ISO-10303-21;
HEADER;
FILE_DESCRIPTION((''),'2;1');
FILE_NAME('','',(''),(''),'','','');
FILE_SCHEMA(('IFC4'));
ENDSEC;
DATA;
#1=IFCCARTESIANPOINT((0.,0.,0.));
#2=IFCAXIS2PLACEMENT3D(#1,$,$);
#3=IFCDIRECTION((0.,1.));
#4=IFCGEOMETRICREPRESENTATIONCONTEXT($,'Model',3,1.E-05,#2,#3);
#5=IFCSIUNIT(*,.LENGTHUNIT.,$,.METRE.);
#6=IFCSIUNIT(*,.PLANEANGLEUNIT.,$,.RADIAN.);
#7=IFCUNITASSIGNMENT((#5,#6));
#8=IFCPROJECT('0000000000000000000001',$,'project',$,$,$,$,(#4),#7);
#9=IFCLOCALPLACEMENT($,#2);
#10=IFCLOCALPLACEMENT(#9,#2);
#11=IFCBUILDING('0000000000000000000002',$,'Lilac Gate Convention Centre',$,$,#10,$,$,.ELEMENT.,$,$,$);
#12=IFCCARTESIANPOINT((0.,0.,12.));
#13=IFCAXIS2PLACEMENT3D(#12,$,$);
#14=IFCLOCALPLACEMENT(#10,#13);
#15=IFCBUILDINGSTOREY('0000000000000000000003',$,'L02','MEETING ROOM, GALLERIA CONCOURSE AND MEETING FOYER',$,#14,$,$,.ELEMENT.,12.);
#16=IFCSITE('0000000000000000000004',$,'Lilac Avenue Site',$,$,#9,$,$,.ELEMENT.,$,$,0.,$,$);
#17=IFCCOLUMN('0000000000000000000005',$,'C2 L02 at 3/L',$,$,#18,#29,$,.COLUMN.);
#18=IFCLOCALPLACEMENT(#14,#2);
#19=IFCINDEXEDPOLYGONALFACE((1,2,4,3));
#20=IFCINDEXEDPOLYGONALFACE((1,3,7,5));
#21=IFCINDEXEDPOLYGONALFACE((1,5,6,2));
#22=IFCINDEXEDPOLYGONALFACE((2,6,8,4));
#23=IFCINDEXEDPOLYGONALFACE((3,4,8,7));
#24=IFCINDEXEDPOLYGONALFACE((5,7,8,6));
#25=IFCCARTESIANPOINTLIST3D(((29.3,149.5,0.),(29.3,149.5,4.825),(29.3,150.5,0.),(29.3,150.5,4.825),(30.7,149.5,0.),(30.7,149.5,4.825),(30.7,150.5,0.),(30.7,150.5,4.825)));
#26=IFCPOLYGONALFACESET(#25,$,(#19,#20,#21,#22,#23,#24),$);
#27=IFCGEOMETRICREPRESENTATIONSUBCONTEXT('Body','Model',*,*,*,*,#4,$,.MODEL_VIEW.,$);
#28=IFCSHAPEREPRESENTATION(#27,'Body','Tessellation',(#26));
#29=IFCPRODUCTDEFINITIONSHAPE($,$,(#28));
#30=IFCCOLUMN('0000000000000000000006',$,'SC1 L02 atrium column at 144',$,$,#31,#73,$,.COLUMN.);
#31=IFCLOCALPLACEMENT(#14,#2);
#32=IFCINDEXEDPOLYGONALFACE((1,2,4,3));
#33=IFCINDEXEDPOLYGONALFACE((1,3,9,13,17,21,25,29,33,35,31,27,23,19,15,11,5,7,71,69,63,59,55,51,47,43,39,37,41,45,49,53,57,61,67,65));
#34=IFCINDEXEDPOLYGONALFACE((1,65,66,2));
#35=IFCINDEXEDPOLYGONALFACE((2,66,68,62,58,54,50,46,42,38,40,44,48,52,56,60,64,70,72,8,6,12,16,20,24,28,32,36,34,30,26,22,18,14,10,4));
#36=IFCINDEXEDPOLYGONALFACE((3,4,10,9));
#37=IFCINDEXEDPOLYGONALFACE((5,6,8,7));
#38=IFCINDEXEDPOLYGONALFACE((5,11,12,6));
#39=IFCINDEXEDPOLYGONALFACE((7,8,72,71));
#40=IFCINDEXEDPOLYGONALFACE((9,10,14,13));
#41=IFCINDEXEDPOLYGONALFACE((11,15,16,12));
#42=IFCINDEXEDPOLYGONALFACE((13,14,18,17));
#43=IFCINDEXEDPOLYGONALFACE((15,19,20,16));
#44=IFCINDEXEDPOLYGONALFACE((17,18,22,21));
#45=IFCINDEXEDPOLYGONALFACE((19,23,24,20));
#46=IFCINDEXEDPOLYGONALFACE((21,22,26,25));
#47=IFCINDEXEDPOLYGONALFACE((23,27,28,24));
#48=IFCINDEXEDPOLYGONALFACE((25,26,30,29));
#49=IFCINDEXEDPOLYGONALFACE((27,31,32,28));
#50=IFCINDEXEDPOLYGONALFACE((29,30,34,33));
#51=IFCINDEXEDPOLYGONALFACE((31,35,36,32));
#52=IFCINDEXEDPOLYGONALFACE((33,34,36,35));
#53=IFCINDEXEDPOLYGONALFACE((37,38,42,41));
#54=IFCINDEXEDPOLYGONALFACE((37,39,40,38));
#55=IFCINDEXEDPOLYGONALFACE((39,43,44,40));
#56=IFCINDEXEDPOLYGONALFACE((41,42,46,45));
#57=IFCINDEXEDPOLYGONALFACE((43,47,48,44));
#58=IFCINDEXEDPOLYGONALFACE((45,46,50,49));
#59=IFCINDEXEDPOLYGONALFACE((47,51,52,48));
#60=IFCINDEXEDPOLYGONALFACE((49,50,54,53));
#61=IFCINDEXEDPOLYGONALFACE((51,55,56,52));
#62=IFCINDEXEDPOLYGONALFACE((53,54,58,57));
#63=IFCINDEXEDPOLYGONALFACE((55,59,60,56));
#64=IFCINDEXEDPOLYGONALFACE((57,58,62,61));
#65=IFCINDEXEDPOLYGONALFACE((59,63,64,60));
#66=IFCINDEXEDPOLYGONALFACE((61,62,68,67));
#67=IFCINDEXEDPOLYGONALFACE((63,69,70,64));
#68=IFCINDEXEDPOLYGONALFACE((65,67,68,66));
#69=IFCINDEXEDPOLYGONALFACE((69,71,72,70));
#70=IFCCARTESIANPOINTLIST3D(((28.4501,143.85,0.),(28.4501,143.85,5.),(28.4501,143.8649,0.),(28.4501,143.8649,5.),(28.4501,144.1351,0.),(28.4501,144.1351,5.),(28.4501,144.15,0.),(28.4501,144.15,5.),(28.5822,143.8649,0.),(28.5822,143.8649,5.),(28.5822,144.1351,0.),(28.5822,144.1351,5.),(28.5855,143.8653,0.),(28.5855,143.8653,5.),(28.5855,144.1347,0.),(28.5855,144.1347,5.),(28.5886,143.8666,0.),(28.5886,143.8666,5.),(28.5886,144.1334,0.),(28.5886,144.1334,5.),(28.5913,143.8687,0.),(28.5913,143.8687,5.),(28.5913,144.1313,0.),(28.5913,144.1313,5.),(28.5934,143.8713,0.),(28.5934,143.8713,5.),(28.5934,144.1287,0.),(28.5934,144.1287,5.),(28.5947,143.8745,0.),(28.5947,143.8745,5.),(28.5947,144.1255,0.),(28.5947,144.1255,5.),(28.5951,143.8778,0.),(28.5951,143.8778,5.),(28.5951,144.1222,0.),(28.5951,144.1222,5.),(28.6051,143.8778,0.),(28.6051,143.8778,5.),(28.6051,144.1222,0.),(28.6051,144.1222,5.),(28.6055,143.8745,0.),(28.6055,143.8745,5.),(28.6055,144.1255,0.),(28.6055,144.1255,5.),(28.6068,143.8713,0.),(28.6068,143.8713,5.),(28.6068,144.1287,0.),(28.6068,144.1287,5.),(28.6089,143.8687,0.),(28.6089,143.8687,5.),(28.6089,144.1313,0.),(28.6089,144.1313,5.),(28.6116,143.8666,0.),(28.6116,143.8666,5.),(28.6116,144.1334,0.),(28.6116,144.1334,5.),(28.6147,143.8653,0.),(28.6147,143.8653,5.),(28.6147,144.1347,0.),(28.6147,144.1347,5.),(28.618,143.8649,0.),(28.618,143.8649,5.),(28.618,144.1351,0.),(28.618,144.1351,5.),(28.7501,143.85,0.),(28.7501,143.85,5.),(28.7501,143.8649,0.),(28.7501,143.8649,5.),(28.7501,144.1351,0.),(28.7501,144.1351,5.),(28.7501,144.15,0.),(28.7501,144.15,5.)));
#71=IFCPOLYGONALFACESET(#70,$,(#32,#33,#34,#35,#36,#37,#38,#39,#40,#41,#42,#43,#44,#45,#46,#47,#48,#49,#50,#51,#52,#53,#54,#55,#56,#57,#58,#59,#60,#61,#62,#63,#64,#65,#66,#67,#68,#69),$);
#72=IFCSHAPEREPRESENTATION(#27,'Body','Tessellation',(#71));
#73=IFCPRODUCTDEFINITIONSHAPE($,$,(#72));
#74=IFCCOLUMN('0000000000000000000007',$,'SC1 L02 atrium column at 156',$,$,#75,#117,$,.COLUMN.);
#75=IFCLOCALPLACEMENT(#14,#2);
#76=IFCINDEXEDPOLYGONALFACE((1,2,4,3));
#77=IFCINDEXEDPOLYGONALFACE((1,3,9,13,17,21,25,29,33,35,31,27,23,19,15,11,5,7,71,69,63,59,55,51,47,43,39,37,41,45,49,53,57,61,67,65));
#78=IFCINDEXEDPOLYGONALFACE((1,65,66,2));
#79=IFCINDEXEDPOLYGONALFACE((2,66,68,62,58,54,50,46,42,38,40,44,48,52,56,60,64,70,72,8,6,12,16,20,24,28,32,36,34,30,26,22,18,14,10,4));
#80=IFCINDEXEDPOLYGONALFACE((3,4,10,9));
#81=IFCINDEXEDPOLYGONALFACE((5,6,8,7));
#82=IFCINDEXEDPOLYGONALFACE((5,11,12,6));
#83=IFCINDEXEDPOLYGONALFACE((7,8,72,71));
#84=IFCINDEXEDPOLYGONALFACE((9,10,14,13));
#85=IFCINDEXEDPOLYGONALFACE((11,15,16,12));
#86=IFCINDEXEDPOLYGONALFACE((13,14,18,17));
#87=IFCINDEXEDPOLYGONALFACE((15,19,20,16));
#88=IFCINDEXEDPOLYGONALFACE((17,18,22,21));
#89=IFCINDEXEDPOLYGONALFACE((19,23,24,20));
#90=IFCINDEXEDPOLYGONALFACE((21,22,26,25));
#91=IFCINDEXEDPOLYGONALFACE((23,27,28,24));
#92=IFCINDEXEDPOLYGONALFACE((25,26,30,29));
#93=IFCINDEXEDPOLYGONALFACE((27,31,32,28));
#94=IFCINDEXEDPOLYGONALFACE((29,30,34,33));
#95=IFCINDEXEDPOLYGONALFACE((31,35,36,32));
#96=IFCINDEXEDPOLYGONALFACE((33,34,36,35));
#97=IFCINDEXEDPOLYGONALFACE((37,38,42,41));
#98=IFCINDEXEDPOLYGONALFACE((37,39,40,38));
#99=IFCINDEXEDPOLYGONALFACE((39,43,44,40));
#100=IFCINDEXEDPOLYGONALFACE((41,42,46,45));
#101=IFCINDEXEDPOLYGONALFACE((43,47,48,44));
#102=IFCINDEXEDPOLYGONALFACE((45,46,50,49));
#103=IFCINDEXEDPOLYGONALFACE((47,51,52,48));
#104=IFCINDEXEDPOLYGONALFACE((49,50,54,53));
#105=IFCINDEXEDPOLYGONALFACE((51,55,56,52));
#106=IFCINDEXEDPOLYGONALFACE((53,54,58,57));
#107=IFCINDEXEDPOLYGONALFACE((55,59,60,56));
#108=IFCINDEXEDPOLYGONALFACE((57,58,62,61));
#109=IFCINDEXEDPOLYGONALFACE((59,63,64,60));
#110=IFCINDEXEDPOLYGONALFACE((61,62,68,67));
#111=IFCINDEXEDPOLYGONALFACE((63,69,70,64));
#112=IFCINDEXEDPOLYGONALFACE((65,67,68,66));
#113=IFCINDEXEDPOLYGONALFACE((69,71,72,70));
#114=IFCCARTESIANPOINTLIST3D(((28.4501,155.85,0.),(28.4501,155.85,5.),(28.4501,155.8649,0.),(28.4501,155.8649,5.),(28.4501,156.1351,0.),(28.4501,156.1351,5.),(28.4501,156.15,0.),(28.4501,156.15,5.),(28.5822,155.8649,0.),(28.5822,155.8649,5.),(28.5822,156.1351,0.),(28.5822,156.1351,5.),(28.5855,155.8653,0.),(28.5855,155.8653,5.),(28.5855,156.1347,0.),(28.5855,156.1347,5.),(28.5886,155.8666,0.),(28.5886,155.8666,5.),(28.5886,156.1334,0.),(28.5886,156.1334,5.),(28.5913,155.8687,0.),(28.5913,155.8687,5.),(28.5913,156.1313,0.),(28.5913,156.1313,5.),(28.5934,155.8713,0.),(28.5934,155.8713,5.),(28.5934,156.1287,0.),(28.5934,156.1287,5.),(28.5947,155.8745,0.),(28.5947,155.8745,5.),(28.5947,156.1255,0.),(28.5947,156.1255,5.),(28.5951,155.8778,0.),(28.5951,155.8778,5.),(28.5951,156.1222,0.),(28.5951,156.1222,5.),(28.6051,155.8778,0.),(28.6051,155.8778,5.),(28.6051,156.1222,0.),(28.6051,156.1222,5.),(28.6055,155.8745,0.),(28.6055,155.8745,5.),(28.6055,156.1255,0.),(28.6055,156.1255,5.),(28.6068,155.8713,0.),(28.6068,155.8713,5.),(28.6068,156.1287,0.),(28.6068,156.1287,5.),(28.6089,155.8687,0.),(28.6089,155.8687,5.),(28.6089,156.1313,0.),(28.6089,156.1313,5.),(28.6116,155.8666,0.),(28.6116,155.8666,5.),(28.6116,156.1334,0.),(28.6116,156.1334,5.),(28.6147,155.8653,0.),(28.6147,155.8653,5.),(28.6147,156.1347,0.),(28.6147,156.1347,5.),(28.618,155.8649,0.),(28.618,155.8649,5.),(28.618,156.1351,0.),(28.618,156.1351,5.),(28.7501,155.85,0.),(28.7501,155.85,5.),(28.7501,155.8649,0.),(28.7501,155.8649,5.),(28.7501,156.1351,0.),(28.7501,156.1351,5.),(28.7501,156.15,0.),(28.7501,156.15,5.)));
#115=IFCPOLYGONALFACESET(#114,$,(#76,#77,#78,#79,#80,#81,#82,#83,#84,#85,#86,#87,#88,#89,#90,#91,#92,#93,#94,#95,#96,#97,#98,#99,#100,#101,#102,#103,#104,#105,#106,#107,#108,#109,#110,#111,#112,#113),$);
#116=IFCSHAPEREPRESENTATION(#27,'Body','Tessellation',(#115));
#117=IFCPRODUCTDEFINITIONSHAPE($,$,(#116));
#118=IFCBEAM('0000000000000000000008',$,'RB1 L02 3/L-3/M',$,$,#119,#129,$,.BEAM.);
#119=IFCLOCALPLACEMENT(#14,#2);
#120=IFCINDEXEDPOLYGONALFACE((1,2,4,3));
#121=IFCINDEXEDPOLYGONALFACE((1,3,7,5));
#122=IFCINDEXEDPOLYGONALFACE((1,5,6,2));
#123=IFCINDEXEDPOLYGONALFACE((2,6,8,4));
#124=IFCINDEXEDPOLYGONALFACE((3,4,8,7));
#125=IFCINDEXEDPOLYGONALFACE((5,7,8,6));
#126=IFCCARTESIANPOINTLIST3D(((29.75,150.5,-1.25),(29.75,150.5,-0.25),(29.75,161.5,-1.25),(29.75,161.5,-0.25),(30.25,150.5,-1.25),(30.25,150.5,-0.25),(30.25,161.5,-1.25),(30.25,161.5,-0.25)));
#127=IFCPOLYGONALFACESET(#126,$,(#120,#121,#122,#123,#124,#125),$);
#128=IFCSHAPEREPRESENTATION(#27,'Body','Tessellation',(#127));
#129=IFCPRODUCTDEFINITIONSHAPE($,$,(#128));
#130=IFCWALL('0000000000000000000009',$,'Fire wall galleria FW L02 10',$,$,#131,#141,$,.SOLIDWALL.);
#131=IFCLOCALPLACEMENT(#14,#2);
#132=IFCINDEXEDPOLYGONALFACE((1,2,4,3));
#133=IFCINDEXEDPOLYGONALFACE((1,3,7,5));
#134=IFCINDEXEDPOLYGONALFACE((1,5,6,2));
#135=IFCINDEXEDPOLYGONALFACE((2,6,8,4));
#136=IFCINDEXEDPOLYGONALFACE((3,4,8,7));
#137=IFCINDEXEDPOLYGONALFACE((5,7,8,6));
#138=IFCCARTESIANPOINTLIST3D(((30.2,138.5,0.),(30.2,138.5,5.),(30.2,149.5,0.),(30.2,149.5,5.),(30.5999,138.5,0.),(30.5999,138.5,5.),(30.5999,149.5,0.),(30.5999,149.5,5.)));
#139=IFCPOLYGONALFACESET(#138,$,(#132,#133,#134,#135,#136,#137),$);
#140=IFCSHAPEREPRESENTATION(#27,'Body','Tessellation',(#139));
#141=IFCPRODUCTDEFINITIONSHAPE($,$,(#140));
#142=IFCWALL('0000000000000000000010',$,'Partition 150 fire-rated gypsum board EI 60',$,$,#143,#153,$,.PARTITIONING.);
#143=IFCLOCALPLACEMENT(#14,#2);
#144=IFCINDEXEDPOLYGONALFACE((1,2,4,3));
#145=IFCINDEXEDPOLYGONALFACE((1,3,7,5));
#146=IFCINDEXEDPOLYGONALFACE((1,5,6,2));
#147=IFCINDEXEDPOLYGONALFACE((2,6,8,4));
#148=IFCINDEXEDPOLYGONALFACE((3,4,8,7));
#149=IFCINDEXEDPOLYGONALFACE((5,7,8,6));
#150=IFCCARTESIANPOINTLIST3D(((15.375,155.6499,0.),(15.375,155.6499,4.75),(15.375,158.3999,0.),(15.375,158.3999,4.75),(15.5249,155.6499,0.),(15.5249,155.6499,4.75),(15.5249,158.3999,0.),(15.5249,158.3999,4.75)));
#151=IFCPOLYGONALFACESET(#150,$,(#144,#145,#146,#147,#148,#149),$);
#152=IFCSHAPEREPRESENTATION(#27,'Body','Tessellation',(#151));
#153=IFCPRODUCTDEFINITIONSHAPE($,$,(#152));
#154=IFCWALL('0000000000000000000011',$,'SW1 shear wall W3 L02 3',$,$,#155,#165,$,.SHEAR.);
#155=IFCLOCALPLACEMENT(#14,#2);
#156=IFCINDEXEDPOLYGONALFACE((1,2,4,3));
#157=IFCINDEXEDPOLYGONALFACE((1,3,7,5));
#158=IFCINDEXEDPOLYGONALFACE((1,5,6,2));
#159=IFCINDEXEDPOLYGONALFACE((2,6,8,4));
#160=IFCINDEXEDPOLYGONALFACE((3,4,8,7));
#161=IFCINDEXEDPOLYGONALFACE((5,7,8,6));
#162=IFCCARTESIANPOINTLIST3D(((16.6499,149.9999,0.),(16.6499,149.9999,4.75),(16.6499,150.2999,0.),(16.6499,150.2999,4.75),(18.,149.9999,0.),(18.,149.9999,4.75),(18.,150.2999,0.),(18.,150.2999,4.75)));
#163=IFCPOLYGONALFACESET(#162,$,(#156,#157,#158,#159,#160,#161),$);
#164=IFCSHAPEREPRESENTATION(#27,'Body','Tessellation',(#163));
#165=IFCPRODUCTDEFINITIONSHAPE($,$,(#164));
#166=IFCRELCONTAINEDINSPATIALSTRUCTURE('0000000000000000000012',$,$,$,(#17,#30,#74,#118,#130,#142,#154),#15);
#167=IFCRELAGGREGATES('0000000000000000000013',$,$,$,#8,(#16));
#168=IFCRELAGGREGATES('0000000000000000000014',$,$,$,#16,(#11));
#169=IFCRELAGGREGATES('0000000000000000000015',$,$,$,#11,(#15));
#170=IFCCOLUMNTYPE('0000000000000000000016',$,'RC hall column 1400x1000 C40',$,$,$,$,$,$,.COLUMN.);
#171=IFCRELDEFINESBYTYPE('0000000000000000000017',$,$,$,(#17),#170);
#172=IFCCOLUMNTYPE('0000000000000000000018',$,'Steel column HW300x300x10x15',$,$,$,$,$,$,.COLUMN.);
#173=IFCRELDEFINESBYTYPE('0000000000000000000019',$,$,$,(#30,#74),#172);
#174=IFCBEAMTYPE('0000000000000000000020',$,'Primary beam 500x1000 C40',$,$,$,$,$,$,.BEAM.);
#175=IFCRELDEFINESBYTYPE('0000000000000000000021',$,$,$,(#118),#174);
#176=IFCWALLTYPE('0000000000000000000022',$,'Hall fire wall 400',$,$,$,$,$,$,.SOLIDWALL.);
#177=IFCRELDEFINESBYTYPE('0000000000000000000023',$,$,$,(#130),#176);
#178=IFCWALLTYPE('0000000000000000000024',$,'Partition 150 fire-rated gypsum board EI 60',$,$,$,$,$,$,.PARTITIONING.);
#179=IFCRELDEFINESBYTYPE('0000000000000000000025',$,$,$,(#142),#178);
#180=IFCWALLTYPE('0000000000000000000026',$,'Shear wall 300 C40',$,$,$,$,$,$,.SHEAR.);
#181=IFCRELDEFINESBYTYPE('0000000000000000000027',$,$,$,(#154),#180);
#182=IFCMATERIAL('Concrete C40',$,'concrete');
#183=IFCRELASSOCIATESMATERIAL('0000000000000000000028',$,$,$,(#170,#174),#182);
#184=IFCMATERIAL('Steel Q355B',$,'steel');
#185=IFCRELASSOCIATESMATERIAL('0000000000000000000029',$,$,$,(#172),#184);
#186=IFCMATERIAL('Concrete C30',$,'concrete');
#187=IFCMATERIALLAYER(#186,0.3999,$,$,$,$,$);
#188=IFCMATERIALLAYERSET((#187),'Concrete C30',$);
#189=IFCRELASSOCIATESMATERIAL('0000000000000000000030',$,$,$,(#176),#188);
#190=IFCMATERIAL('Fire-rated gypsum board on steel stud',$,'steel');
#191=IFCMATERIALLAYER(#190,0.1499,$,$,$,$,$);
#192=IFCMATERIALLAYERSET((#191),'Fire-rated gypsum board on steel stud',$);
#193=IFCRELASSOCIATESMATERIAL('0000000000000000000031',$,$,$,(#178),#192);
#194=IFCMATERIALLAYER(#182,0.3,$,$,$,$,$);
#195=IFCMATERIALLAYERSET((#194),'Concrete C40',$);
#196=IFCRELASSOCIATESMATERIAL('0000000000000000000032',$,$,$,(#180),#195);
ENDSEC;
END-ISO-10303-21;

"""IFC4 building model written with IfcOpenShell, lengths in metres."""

from ifc_helpers import new_model, si_unit, direction, frame, frame_2d, origin, origin_2d, place, context, subcontext, project, spatial, rectangle, i_section, extrude, material, layer, layer_set, material_profile, profile_set, type_object, element, save


model = new_model("IFC4")

# Units and contexts
model_context = context("Model", 3, precision=1e-05, world=origin(), true_north=direction((0.0, 1.0)))
body_context = subcontext(model_context, "Body", "Model", "MODEL_VIEW")
ifc_project = project(units=[si_unit("LENGTHUNIT", "METRE"), si_unit("PLANEANGLEUNIT", "RADIAN")], contexts=[model_context])

# Site, building, storey
site_placement = place(None, origin())
site = spatial("IfcSite", under=ifc_project, at=site_placement, Name="Lilac Avenue Site", CompositionType="ELEMENT", RefElevation=0.0)
building_placement = place(site_placement, origin())
building = spatial("IfcBuilding", under=site, at=building_placement, Name="Lilac Gate Convention Centre", CompositionType="ELEMENT")
storey_placement = place(building_placement, frame((0.0, 0.0, 12.0)))
storey = spatial("IfcBuildingStorey", under=building, at=storey_placement, Name="L02", Description="MEETING ROOM, GALLERIA CONCOURSE AND MEETING FOYER", CompositionType="ELEMENT", Elevation=12.0)

# Columns
ifc_material_1 = material(Name="Concrete C40", Category="concrete")
ifc_material_profile_1 = material_profile(ifc_material_1, rectangle(XDim=1.3999, YDim=1.0, at=origin_2d()), Name="RC 1400x1000")
ifc_profile_set_1 = profile_set([ifc_material_profile_1], Name="Concrete C40")
column_type_1 = type_object("IfcColumnType", Name="RC hall column 1400x1000 C40", PredefinedType="COLUMN", material=ifc_profile_set_1)
column_placement = place(storey_placement, frame((30.0, 150.0, 0.0), z_axis=(0.0, 0.0, 1.0), x_axis=(1.0, 0.0, 0.0)))
element("IfcColumn", 1, at=column_placement, inside=storey, type_object=column_type_1, Name="C2 L02 at 3/L", PredefinedType="COLUMN", context=body_context, shape_type="SweptSolid", body=[
    extrude(rectangle(XDim=1.3999, YDim=1.0, at=origin_2d()), origin(), (0.0, 0.0, 1.0), 4.825),
])
ifc_material_2 = material(Name="Steel Q355B", Category="steel")
ifc_material_profile_2 = material_profile(ifc_material_2, i_section(OverallWidth=0.3, OverallDepth=0.3, WebThickness=0.01, FlangeThickness=0.0149, FilletRadius=0.0129, at=origin_2d()), Name="HW300x300x10x15")
ifc_profile_set_2 = profile_set([ifc_material_profile_2], Name="Steel Q355B")
column_type_2 = type_object("IfcColumnType", Name="Steel column HW300x300x10x15", PredefinedType="COLUMN", material=ifc_profile_set_2)
for number, where, z_axis, x_axis, name in (
    (2, (28.6001, 144.0, 0.0), (0.0, 0.0, 1.0), (1.0, 0.0, 0.0), "SC1 L02 atrium column at 144"),
    (3, (28.6001, 156.0, 0.0), (0.0, 0.0, 1.0), (1.0, 0.0, 0.0), "SC1 L02 atrium column at 156"),
):
    element("IfcColumn", number, at=place(storey_placement, frame(where, z_axis=z_axis, x_axis=x_axis)), inside=storey, type_object=column_type_2, Name=name, PredefinedType="COLUMN", context=body_context, shape_type="SweptSolid", body=[
        extrude(i_section(OverallWidth=0.3, OverallDepth=0.3, WebThickness=0.01, FlangeThickness=0.0149, FilletRadius=0.0129, at=origin_2d()), origin(), (0.0, 0.0, 1.0), 5.0),
    ])

# Beam
ifc_material_profile_3 = material_profile(ifc_material_1, rectangle(XDim=0.5, YDim=1.0, at=origin_2d()), Name="RC 500x1000")
ifc_profile_set_3 = profile_set([ifc_material_profile_3], Name="Concrete C40")
beam_type = type_object("IfcBeamType", Name="Primary beam 500x1000 C40", PredefinedType="BEAM", material=ifc_profile_set_3)
beam_placement = place(storey_placement, frame((30.0, 150.5, -0.75), z_axis=(0.0, 1.0, 0.0), x_axis=(-1.0, 0.0, 0.0)))
element("IfcBeam", 4, at=beam_placement, inside=storey, type_object=beam_type, Name="RB1 L02 3/L-3/M", PredefinedType="BEAM", context=body_context, shape_type="SweptSolid", body=[
    extrude(rectangle(XDim=0.5, YDim=1.0, at=origin_2d()), origin(), (0.0, 0.0, 1.0), 11.0),
])

# Walls
ifc_material_3 = material(Name="Concrete C30", Category="concrete")
ifc_layer_1 = layer(ifc_material_3, 0.3999)
ifc_layer_set_1 = layer_set([ifc_layer_1], Name="Concrete C30")
wall_type_1 = type_object("IfcWallType", Name="Hall fire wall 400", PredefinedType="SOLIDWALL", material=ifc_layer_set_1)
wall_1_placement = place(storey_placement, frame((30.3999, 138.5, 0.0), z_axis=(0.0, 0.0, 1.0), x_axis=(0.0, 1.0, 0.0)))
element("IfcWall", 5, at=wall_1_placement, inside=storey, type_object=wall_type_1, Name="Fire wall galleria FW L02 10", PredefinedType="SOLIDWALL", context=body_context, shape_type="SweptSolid", body=[
    extrude(rectangle(XDim=11.0, YDim=0.3999, at=frame_2d((5.5, 0.0))), origin(), (0.0, 0.0, 1.0), 5.0),
])
ifc_material_4 = material(Name="Fire-rated gypsum board on steel stud", Category="steel")
ifc_layer_2 = layer(ifc_material_4, 0.1499)
ifc_layer_set_2 = layer_set([ifc_layer_2], Name="Fire-rated gypsum board on steel stud")
wall_type_2 = type_object("IfcWallType", Name="Partition 150 fire-rated gypsum board EI 60", PredefinedType="PARTITIONING", material=ifc_layer_set_2)
wall_2_placement = place(storey_placement, frame((15.45, 155.6499, 0.0), z_axis=(0.0, 0.0, 1.0), x_axis=(0.0, 1.0, 0.0)))
element("IfcWall", 6, at=wall_2_placement, inside=storey, type_object=wall_type_2, Name="Partition 150 fire-rated gypsum board EI 60", PredefinedType="PARTITIONING", context=body_context, shape_type="SweptSolid", body=[
    extrude(rectangle(XDim=2.75, YDim=0.1499, at=frame_2d((1.375, 0.0))), origin(), (0.0, 0.0, 1.0), 4.75),
])
ifc_layer_3 = layer(ifc_material_1, 0.3)
ifc_layer_set_3 = layer_set([ifc_layer_3], Name="Concrete C40")
wall_type_3 = type_object("IfcWallType", Name="Shear wall 300 C40", PredefinedType="SHEAR", material=ifc_layer_set_3)
wall_3_placement = place(storey_placement, frame((16.6499, 150.1499, 0.0), z_axis=(0.0, 0.0, 1.0), x_axis=(1.0, 0.0, 0.0)))
element("IfcWall", 7, at=wall_3_placement, inside=storey, type_object=wall_type_3, Name="SW1 shear wall W3 L02 3", PredefinedType="SHEAR", context=body_context, shape_type="SweptSolid", body=[
    extrude(rectangle(XDim=1.3501, YDim=0.3, at=frame_2d((0.675, 0.0))), origin(), (0.0, 0.0, 1.0), 4.75),
])

save(model, "model.ifc")
